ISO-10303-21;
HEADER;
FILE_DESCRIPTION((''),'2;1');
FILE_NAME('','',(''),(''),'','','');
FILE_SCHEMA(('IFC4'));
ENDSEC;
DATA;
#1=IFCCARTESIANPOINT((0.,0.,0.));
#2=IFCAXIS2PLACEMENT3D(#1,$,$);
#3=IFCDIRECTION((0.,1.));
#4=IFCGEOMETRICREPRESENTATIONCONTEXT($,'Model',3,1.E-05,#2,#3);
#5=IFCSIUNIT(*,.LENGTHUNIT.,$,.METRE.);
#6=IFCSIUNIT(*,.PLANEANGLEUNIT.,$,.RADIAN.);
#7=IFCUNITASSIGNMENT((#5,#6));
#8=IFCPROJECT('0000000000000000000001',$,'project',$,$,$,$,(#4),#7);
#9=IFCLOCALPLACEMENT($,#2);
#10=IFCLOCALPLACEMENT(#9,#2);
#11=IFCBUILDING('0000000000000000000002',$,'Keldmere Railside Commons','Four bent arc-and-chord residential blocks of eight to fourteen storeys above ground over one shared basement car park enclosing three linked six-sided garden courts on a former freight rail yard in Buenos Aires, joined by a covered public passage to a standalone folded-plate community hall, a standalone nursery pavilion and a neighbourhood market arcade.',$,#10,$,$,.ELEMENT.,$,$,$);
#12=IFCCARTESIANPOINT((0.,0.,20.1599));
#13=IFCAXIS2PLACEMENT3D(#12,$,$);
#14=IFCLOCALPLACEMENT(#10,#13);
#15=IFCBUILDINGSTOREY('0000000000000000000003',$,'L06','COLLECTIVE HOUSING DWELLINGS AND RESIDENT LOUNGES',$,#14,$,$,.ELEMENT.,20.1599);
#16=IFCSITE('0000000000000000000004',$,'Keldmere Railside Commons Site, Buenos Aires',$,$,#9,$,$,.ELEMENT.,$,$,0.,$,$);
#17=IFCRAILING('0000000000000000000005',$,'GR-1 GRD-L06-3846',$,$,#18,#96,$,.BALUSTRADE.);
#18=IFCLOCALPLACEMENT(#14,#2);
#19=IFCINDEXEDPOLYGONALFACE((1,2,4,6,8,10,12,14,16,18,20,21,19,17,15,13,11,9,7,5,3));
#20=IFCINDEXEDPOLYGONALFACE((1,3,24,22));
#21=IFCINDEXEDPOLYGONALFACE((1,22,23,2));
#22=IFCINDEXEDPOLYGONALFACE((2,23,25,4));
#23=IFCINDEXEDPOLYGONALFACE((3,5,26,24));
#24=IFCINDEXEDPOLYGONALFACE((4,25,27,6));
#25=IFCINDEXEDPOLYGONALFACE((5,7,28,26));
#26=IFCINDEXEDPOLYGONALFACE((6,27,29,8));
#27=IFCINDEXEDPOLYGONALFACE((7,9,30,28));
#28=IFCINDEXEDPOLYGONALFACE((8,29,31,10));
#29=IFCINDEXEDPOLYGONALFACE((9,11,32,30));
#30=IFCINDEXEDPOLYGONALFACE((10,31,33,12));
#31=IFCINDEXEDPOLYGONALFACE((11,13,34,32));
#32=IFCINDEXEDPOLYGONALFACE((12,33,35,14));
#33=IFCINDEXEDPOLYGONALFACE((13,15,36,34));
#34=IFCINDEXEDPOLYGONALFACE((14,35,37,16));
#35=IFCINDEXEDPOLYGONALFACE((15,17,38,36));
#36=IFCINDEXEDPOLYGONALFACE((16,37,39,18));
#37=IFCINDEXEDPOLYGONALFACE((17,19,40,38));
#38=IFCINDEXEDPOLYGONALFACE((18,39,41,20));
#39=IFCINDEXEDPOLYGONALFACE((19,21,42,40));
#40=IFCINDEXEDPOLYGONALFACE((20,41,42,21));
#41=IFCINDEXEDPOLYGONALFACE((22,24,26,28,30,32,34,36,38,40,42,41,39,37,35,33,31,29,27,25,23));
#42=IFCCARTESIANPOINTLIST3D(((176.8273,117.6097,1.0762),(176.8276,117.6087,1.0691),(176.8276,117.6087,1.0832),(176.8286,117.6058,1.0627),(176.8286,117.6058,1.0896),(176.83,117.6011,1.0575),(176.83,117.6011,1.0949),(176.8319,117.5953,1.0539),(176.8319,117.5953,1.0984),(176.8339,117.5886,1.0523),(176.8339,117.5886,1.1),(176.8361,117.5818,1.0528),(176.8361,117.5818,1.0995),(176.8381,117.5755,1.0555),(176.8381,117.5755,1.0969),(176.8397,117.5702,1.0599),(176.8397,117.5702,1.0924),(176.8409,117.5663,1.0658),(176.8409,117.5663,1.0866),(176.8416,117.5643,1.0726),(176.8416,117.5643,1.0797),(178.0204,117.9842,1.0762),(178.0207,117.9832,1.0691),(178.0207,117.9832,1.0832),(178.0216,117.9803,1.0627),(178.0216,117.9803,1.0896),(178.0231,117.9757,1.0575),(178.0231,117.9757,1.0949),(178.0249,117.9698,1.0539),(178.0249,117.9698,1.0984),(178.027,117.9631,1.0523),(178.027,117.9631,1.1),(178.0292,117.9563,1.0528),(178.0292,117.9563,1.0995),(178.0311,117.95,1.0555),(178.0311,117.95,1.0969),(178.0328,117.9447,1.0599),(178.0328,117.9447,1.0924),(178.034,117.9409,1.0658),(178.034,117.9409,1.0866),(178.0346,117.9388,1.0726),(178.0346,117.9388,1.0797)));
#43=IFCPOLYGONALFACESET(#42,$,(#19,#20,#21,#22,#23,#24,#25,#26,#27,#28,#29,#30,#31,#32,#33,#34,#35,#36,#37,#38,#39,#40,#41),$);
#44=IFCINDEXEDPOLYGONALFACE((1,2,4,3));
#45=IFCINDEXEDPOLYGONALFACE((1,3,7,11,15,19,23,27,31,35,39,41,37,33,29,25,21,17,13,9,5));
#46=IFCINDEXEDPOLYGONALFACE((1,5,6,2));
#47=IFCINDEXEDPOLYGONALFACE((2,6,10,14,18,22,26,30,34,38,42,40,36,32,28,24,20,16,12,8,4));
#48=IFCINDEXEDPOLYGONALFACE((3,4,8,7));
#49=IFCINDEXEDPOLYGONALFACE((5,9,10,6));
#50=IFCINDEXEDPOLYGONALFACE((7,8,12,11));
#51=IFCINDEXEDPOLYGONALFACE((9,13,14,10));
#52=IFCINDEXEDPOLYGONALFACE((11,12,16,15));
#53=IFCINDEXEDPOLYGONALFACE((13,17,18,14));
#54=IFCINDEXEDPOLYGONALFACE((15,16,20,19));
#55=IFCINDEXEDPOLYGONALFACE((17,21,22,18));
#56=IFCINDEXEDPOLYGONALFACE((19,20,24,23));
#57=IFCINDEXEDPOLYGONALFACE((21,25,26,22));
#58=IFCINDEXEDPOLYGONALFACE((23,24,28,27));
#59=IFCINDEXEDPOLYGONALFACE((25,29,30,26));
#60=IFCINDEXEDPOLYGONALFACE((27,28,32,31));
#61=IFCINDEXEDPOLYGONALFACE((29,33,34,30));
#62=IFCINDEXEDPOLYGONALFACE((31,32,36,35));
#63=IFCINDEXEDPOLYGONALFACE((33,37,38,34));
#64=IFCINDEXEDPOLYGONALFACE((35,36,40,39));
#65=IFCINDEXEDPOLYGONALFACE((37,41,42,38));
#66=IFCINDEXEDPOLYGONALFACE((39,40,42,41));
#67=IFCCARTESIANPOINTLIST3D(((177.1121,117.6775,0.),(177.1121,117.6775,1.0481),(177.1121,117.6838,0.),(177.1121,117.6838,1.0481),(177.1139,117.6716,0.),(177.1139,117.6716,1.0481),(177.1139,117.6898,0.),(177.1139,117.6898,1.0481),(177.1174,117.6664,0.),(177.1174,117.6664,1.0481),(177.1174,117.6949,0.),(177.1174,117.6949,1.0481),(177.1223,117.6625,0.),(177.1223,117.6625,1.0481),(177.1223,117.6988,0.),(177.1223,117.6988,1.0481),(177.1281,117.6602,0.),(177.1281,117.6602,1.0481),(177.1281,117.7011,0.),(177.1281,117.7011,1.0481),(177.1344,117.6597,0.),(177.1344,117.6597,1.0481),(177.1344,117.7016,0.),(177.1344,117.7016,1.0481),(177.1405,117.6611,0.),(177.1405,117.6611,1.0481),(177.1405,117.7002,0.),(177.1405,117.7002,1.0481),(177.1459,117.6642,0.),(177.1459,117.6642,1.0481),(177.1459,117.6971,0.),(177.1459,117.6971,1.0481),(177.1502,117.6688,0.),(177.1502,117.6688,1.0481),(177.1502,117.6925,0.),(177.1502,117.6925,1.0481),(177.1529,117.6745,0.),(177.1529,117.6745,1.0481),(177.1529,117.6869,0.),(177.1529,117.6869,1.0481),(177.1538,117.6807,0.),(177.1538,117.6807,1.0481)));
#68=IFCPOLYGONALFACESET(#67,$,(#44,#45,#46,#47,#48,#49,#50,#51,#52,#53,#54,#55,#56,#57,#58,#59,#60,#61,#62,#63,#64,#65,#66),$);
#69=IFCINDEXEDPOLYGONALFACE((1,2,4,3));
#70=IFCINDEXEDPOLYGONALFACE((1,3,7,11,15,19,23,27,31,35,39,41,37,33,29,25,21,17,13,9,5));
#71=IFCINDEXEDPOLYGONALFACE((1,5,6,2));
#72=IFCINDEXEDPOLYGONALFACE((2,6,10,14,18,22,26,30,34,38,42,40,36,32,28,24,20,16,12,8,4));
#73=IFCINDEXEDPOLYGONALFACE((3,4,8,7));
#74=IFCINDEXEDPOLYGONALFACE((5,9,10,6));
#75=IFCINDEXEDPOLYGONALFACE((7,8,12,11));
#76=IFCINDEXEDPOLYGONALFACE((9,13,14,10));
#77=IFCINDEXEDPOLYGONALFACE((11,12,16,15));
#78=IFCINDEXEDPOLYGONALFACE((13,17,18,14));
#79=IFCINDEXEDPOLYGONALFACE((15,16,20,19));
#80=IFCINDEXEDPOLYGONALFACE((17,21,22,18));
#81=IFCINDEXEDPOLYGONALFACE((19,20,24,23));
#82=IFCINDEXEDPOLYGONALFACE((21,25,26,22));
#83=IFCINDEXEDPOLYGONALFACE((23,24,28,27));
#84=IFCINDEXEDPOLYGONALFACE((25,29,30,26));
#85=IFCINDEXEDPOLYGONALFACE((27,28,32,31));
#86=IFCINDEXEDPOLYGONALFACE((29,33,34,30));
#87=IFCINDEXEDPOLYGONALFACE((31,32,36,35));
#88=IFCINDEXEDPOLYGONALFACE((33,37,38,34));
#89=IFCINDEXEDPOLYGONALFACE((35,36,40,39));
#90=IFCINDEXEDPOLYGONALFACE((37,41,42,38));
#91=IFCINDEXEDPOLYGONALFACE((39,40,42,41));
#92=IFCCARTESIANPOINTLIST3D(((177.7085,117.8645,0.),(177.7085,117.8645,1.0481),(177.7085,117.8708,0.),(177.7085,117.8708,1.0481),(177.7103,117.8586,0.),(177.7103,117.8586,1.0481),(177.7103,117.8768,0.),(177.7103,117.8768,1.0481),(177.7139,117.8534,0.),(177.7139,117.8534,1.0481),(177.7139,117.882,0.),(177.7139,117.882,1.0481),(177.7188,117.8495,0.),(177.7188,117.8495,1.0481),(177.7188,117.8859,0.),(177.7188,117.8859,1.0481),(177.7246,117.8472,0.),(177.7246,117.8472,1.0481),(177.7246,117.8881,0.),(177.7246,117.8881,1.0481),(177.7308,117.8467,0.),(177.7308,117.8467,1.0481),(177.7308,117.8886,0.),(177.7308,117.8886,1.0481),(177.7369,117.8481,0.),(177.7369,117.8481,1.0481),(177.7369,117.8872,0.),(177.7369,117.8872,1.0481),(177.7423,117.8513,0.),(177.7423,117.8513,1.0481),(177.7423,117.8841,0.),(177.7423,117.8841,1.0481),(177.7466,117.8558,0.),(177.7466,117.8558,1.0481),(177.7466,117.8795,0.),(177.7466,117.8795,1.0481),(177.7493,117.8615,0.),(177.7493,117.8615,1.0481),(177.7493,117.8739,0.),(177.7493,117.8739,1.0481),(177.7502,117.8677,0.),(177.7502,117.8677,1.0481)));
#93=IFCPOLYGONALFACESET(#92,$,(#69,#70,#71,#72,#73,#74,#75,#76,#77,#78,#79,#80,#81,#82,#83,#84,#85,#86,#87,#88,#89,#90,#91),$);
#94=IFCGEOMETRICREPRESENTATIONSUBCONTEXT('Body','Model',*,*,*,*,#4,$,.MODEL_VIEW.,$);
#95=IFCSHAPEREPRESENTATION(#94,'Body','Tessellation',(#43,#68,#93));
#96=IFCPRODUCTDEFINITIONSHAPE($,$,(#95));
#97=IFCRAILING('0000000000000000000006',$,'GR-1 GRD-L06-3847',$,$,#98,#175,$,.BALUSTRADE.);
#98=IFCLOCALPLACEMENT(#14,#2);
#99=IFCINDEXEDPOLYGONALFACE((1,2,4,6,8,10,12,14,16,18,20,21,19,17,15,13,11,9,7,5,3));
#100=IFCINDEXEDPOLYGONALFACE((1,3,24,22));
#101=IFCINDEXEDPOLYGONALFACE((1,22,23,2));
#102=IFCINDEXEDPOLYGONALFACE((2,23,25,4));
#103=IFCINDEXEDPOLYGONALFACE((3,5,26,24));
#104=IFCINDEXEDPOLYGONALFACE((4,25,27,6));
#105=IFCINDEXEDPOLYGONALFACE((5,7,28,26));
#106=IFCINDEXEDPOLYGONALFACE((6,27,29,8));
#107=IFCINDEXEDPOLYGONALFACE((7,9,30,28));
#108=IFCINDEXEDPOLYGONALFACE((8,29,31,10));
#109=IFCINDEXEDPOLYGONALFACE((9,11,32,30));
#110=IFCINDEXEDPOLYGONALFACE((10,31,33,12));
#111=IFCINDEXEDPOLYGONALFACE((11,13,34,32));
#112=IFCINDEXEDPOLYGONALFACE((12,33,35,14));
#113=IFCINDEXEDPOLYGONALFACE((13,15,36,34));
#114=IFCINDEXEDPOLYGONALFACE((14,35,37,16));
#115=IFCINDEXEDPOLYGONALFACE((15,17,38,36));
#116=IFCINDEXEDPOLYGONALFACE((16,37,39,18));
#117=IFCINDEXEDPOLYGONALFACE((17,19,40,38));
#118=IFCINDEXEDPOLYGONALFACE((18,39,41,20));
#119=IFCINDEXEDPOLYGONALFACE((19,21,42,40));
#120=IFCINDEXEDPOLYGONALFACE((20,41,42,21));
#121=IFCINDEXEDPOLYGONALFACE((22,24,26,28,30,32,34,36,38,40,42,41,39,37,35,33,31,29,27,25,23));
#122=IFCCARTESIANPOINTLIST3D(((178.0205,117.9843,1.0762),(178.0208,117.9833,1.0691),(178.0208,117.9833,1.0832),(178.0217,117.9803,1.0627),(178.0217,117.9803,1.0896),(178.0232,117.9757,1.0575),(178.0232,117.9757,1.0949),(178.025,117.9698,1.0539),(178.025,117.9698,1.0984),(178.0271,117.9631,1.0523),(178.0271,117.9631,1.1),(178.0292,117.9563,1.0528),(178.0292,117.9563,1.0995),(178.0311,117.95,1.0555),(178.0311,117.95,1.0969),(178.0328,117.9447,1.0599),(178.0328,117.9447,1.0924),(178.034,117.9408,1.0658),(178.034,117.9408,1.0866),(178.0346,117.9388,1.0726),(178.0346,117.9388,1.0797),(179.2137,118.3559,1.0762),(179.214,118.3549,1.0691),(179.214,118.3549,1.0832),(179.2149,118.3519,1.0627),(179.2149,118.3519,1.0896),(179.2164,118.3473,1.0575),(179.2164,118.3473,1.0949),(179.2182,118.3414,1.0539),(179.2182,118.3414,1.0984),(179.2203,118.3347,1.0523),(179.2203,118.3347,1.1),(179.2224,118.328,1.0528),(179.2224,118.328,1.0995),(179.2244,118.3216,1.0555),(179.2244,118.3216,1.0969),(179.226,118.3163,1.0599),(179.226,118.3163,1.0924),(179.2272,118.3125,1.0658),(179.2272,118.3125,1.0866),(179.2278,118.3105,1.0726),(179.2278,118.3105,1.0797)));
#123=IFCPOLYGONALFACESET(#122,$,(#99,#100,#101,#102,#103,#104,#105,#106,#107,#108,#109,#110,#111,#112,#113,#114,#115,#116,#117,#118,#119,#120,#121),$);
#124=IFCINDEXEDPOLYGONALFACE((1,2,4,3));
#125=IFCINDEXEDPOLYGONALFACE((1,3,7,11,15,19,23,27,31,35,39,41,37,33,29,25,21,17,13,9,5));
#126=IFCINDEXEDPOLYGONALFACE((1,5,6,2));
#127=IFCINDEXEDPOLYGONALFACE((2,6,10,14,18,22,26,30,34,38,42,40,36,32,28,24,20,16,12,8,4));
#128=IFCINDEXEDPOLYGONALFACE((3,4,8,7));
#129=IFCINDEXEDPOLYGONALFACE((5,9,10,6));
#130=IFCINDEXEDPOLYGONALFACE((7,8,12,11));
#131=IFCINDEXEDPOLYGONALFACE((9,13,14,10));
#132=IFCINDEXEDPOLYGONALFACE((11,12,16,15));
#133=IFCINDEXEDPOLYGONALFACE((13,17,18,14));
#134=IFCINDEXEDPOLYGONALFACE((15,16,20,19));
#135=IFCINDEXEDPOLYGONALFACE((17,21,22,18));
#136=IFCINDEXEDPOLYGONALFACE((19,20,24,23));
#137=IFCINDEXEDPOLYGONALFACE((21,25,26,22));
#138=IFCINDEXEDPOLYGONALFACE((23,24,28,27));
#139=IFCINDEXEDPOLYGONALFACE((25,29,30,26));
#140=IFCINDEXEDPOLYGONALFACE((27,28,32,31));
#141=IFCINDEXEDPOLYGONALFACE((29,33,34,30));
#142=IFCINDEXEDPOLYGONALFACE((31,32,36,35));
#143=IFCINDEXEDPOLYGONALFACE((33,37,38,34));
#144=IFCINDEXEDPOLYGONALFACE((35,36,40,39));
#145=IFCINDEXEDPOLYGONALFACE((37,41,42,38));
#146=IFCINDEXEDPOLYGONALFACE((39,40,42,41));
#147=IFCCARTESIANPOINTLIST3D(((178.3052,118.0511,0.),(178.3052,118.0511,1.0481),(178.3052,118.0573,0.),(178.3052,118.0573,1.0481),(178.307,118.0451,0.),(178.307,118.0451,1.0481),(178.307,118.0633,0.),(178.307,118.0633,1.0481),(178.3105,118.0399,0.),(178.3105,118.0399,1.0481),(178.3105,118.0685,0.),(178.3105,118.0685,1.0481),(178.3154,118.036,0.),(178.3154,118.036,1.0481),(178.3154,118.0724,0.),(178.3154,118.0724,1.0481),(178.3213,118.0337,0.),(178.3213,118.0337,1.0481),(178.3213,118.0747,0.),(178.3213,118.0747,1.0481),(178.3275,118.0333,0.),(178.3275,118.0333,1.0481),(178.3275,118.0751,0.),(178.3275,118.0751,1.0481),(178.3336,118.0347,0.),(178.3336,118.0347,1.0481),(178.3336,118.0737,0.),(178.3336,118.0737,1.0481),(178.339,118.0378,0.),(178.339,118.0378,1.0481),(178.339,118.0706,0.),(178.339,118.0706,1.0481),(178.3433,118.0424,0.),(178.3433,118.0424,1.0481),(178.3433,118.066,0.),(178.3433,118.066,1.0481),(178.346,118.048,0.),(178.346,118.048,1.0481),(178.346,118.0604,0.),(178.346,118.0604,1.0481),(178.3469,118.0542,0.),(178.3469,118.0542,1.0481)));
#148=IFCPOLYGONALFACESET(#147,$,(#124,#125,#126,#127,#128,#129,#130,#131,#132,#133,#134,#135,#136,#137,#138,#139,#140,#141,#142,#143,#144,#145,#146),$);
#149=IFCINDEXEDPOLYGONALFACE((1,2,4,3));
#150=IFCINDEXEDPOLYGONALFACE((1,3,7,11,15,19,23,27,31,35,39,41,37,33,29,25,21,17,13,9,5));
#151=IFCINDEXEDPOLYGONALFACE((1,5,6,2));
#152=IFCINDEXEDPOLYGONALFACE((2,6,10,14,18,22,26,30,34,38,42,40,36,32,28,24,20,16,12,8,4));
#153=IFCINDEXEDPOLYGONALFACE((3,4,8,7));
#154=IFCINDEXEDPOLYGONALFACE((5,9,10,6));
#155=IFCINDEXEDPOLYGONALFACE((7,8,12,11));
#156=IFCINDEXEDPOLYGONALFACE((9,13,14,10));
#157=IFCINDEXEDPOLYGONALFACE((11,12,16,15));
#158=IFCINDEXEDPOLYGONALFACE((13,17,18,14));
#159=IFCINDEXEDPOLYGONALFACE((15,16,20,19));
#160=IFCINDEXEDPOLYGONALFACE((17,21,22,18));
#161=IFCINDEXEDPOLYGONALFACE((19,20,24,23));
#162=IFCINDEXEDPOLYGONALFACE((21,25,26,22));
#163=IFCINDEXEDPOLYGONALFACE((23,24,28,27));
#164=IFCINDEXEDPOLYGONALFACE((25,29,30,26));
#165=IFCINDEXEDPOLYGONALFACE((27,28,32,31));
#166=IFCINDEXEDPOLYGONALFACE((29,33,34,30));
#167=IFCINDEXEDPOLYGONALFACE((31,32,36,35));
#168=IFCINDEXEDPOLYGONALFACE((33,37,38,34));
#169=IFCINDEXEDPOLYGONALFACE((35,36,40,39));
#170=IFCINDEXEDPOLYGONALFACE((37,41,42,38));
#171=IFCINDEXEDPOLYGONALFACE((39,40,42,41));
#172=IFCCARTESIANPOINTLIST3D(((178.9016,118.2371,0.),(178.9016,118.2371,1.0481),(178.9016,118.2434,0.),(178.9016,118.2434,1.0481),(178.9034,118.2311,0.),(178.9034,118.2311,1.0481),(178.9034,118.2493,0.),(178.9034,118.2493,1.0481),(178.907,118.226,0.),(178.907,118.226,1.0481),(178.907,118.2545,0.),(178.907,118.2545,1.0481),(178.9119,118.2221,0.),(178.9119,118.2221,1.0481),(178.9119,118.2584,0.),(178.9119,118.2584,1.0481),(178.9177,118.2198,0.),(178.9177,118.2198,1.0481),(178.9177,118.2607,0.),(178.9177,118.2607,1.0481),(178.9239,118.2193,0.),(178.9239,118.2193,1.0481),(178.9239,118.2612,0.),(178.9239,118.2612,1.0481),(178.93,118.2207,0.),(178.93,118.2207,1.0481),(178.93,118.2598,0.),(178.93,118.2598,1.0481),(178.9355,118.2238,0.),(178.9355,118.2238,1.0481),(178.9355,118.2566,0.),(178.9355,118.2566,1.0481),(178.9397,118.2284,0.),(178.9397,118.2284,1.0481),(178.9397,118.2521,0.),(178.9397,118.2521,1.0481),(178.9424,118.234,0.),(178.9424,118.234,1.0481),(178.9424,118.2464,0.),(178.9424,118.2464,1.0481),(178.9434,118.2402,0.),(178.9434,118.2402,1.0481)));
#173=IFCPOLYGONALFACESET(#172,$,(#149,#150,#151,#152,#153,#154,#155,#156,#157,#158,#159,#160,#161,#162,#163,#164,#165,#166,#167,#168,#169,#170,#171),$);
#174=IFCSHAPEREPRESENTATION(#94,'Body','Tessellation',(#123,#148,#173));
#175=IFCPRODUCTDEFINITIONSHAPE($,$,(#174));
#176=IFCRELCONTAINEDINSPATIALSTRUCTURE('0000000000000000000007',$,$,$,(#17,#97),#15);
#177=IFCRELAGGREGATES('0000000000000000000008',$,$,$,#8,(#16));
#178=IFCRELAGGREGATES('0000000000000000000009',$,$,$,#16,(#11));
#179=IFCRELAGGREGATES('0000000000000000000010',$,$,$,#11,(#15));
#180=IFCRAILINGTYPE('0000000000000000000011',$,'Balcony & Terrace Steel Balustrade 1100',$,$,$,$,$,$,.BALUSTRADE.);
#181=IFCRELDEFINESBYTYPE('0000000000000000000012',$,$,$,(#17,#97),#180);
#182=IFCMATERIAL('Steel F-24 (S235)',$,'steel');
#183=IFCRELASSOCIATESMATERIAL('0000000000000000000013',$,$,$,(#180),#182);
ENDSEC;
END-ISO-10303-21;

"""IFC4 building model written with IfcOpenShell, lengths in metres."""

from ifc_helpers import new_model, si_unit, direction, frame, origin, origin_2d, place, context, subcontext, project, spatial, circle, extrude, material, type_object, element, save


model = new_model("IFC4")

# Units and contexts
model_context = context("Model", 3, precision=1e-05, world=origin(), true_north=direction((0.0, 1.0)))
body_context = subcontext(model_context, "Body", "Model", "MODEL_VIEW")
ifc_project = project(units=[si_unit("LENGTHUNIT", "METRE"), si_unit("PLANEANGLEUNIT", "RADIAN")], contexts=[model_context])

# Site, building, storey
site_placement = place(None, origin())
site = spatial("IfcSite", under=ifc_project, at=site_placement, Name="Keldmere Railside Commons Site, Buenos Aires", CompositionType="ELEMENT", RefElevation=0.0)
building_placement = place(site_placement, origin())
building = spatial("IfcBuilding", under=site, at=building_placement, Name="Keldmere Railside Commons", Description="Four bent arc-and-chord residential blocks of eight to fourteen storeys above ground over one shared basement car park enclosing three linked six-sided garden courts on a former freight rail yard in Buenos Aires, joined by a covered public passage to a standalone folded-plate community hall, a standalone nursery pavilion and a neighbourhood market arcade.", CompositionType="ELEMENT")
storey_placement = place(building_placement, frame((0.0, 0.0, 20.1599)))
storey = spatial("IfcBuildingStorey", under=building, at=storey_placement, Name="L06", Description="COLLECTIVE HOUSING DWELLINGS AND RESIDENT LOUNGES", CompositionType="ELEMENT", Elevation=20.1599)

# Railings
ifc_material_1 = material(Name="Steel F-24 (S235)", Category="steel")
railing_type = type_object("IfcRailingType", Name="Balcony & Terrace Steel Balustrade 1100", PredefinedType="BALUSTRADE", material=ifc_material_1)
railing_1_placement = place(storey_placement, frame((176.8345, 117.5869, 0.0)))
element("IfcRailing", 1, at=railing_1_placement, inside=storey, type_object=railing_type, Name="GR-1 GRD-L06-3846", PredefinedType="BALUSTRADE", context=body_context, shape_type="SweptSolid", body=[
    extrude(circle(Radius=0.0239, at=origin_2d()), frame((0.0, 0.0, 1.0762), z_axis=(0.954101, 0.299486, 0.0), x_axis=(-0.299486, 0.954101, 0.0)), (0.0, 0.0, 1.0), 1.2505),
    extrude(circle(Radius=0.021, at=origin_2d()), frame((0.2983, 0.0938, 0.0)), (0.0, 0.0, 1.0), 1.0481),
    extrude(circle(Radius=0.021, at=origin_2d()), frame((0.8948, 0.2808, 0.0)), (0.0, 0.0, 1.0), 1.0481),
])
railing_2_placement = place(storey_placement, frame((178.0276, 117.9614, 0.0)))
element("IfcRailing", 2, at=railing_2_placement, inside=storey, type_object=railing_type, Name="GR-1 GRD-L06-3847", PredefinedType="BALUSTRADE", context=body_context, shape_type="SweptSolid", body=[
    extrude(circle(Radius=0.0239, at=origin_2d()), frame((0.0, 0.0, 1.0762), z_axis=(0.954768, 0.297352, 0.0), x_axis=(-0.297352, 0.954768, 0.0)), (0.0, 0.0, 1.0), 1.2498),
    extrude(circle(Radius=0.021, at=origin_2d()), frame((0.2983, 0.0928, 0.0)), (0.0, 0.0, 1.0), 1.0481),
    extrude(circle(Radius=0.021, at=origin_2d()), frame((0.8948, 0.2788, 0.0)), (0.0, 0.0, 1.0), 1.0481),
])

save(model, "model.ifc")
